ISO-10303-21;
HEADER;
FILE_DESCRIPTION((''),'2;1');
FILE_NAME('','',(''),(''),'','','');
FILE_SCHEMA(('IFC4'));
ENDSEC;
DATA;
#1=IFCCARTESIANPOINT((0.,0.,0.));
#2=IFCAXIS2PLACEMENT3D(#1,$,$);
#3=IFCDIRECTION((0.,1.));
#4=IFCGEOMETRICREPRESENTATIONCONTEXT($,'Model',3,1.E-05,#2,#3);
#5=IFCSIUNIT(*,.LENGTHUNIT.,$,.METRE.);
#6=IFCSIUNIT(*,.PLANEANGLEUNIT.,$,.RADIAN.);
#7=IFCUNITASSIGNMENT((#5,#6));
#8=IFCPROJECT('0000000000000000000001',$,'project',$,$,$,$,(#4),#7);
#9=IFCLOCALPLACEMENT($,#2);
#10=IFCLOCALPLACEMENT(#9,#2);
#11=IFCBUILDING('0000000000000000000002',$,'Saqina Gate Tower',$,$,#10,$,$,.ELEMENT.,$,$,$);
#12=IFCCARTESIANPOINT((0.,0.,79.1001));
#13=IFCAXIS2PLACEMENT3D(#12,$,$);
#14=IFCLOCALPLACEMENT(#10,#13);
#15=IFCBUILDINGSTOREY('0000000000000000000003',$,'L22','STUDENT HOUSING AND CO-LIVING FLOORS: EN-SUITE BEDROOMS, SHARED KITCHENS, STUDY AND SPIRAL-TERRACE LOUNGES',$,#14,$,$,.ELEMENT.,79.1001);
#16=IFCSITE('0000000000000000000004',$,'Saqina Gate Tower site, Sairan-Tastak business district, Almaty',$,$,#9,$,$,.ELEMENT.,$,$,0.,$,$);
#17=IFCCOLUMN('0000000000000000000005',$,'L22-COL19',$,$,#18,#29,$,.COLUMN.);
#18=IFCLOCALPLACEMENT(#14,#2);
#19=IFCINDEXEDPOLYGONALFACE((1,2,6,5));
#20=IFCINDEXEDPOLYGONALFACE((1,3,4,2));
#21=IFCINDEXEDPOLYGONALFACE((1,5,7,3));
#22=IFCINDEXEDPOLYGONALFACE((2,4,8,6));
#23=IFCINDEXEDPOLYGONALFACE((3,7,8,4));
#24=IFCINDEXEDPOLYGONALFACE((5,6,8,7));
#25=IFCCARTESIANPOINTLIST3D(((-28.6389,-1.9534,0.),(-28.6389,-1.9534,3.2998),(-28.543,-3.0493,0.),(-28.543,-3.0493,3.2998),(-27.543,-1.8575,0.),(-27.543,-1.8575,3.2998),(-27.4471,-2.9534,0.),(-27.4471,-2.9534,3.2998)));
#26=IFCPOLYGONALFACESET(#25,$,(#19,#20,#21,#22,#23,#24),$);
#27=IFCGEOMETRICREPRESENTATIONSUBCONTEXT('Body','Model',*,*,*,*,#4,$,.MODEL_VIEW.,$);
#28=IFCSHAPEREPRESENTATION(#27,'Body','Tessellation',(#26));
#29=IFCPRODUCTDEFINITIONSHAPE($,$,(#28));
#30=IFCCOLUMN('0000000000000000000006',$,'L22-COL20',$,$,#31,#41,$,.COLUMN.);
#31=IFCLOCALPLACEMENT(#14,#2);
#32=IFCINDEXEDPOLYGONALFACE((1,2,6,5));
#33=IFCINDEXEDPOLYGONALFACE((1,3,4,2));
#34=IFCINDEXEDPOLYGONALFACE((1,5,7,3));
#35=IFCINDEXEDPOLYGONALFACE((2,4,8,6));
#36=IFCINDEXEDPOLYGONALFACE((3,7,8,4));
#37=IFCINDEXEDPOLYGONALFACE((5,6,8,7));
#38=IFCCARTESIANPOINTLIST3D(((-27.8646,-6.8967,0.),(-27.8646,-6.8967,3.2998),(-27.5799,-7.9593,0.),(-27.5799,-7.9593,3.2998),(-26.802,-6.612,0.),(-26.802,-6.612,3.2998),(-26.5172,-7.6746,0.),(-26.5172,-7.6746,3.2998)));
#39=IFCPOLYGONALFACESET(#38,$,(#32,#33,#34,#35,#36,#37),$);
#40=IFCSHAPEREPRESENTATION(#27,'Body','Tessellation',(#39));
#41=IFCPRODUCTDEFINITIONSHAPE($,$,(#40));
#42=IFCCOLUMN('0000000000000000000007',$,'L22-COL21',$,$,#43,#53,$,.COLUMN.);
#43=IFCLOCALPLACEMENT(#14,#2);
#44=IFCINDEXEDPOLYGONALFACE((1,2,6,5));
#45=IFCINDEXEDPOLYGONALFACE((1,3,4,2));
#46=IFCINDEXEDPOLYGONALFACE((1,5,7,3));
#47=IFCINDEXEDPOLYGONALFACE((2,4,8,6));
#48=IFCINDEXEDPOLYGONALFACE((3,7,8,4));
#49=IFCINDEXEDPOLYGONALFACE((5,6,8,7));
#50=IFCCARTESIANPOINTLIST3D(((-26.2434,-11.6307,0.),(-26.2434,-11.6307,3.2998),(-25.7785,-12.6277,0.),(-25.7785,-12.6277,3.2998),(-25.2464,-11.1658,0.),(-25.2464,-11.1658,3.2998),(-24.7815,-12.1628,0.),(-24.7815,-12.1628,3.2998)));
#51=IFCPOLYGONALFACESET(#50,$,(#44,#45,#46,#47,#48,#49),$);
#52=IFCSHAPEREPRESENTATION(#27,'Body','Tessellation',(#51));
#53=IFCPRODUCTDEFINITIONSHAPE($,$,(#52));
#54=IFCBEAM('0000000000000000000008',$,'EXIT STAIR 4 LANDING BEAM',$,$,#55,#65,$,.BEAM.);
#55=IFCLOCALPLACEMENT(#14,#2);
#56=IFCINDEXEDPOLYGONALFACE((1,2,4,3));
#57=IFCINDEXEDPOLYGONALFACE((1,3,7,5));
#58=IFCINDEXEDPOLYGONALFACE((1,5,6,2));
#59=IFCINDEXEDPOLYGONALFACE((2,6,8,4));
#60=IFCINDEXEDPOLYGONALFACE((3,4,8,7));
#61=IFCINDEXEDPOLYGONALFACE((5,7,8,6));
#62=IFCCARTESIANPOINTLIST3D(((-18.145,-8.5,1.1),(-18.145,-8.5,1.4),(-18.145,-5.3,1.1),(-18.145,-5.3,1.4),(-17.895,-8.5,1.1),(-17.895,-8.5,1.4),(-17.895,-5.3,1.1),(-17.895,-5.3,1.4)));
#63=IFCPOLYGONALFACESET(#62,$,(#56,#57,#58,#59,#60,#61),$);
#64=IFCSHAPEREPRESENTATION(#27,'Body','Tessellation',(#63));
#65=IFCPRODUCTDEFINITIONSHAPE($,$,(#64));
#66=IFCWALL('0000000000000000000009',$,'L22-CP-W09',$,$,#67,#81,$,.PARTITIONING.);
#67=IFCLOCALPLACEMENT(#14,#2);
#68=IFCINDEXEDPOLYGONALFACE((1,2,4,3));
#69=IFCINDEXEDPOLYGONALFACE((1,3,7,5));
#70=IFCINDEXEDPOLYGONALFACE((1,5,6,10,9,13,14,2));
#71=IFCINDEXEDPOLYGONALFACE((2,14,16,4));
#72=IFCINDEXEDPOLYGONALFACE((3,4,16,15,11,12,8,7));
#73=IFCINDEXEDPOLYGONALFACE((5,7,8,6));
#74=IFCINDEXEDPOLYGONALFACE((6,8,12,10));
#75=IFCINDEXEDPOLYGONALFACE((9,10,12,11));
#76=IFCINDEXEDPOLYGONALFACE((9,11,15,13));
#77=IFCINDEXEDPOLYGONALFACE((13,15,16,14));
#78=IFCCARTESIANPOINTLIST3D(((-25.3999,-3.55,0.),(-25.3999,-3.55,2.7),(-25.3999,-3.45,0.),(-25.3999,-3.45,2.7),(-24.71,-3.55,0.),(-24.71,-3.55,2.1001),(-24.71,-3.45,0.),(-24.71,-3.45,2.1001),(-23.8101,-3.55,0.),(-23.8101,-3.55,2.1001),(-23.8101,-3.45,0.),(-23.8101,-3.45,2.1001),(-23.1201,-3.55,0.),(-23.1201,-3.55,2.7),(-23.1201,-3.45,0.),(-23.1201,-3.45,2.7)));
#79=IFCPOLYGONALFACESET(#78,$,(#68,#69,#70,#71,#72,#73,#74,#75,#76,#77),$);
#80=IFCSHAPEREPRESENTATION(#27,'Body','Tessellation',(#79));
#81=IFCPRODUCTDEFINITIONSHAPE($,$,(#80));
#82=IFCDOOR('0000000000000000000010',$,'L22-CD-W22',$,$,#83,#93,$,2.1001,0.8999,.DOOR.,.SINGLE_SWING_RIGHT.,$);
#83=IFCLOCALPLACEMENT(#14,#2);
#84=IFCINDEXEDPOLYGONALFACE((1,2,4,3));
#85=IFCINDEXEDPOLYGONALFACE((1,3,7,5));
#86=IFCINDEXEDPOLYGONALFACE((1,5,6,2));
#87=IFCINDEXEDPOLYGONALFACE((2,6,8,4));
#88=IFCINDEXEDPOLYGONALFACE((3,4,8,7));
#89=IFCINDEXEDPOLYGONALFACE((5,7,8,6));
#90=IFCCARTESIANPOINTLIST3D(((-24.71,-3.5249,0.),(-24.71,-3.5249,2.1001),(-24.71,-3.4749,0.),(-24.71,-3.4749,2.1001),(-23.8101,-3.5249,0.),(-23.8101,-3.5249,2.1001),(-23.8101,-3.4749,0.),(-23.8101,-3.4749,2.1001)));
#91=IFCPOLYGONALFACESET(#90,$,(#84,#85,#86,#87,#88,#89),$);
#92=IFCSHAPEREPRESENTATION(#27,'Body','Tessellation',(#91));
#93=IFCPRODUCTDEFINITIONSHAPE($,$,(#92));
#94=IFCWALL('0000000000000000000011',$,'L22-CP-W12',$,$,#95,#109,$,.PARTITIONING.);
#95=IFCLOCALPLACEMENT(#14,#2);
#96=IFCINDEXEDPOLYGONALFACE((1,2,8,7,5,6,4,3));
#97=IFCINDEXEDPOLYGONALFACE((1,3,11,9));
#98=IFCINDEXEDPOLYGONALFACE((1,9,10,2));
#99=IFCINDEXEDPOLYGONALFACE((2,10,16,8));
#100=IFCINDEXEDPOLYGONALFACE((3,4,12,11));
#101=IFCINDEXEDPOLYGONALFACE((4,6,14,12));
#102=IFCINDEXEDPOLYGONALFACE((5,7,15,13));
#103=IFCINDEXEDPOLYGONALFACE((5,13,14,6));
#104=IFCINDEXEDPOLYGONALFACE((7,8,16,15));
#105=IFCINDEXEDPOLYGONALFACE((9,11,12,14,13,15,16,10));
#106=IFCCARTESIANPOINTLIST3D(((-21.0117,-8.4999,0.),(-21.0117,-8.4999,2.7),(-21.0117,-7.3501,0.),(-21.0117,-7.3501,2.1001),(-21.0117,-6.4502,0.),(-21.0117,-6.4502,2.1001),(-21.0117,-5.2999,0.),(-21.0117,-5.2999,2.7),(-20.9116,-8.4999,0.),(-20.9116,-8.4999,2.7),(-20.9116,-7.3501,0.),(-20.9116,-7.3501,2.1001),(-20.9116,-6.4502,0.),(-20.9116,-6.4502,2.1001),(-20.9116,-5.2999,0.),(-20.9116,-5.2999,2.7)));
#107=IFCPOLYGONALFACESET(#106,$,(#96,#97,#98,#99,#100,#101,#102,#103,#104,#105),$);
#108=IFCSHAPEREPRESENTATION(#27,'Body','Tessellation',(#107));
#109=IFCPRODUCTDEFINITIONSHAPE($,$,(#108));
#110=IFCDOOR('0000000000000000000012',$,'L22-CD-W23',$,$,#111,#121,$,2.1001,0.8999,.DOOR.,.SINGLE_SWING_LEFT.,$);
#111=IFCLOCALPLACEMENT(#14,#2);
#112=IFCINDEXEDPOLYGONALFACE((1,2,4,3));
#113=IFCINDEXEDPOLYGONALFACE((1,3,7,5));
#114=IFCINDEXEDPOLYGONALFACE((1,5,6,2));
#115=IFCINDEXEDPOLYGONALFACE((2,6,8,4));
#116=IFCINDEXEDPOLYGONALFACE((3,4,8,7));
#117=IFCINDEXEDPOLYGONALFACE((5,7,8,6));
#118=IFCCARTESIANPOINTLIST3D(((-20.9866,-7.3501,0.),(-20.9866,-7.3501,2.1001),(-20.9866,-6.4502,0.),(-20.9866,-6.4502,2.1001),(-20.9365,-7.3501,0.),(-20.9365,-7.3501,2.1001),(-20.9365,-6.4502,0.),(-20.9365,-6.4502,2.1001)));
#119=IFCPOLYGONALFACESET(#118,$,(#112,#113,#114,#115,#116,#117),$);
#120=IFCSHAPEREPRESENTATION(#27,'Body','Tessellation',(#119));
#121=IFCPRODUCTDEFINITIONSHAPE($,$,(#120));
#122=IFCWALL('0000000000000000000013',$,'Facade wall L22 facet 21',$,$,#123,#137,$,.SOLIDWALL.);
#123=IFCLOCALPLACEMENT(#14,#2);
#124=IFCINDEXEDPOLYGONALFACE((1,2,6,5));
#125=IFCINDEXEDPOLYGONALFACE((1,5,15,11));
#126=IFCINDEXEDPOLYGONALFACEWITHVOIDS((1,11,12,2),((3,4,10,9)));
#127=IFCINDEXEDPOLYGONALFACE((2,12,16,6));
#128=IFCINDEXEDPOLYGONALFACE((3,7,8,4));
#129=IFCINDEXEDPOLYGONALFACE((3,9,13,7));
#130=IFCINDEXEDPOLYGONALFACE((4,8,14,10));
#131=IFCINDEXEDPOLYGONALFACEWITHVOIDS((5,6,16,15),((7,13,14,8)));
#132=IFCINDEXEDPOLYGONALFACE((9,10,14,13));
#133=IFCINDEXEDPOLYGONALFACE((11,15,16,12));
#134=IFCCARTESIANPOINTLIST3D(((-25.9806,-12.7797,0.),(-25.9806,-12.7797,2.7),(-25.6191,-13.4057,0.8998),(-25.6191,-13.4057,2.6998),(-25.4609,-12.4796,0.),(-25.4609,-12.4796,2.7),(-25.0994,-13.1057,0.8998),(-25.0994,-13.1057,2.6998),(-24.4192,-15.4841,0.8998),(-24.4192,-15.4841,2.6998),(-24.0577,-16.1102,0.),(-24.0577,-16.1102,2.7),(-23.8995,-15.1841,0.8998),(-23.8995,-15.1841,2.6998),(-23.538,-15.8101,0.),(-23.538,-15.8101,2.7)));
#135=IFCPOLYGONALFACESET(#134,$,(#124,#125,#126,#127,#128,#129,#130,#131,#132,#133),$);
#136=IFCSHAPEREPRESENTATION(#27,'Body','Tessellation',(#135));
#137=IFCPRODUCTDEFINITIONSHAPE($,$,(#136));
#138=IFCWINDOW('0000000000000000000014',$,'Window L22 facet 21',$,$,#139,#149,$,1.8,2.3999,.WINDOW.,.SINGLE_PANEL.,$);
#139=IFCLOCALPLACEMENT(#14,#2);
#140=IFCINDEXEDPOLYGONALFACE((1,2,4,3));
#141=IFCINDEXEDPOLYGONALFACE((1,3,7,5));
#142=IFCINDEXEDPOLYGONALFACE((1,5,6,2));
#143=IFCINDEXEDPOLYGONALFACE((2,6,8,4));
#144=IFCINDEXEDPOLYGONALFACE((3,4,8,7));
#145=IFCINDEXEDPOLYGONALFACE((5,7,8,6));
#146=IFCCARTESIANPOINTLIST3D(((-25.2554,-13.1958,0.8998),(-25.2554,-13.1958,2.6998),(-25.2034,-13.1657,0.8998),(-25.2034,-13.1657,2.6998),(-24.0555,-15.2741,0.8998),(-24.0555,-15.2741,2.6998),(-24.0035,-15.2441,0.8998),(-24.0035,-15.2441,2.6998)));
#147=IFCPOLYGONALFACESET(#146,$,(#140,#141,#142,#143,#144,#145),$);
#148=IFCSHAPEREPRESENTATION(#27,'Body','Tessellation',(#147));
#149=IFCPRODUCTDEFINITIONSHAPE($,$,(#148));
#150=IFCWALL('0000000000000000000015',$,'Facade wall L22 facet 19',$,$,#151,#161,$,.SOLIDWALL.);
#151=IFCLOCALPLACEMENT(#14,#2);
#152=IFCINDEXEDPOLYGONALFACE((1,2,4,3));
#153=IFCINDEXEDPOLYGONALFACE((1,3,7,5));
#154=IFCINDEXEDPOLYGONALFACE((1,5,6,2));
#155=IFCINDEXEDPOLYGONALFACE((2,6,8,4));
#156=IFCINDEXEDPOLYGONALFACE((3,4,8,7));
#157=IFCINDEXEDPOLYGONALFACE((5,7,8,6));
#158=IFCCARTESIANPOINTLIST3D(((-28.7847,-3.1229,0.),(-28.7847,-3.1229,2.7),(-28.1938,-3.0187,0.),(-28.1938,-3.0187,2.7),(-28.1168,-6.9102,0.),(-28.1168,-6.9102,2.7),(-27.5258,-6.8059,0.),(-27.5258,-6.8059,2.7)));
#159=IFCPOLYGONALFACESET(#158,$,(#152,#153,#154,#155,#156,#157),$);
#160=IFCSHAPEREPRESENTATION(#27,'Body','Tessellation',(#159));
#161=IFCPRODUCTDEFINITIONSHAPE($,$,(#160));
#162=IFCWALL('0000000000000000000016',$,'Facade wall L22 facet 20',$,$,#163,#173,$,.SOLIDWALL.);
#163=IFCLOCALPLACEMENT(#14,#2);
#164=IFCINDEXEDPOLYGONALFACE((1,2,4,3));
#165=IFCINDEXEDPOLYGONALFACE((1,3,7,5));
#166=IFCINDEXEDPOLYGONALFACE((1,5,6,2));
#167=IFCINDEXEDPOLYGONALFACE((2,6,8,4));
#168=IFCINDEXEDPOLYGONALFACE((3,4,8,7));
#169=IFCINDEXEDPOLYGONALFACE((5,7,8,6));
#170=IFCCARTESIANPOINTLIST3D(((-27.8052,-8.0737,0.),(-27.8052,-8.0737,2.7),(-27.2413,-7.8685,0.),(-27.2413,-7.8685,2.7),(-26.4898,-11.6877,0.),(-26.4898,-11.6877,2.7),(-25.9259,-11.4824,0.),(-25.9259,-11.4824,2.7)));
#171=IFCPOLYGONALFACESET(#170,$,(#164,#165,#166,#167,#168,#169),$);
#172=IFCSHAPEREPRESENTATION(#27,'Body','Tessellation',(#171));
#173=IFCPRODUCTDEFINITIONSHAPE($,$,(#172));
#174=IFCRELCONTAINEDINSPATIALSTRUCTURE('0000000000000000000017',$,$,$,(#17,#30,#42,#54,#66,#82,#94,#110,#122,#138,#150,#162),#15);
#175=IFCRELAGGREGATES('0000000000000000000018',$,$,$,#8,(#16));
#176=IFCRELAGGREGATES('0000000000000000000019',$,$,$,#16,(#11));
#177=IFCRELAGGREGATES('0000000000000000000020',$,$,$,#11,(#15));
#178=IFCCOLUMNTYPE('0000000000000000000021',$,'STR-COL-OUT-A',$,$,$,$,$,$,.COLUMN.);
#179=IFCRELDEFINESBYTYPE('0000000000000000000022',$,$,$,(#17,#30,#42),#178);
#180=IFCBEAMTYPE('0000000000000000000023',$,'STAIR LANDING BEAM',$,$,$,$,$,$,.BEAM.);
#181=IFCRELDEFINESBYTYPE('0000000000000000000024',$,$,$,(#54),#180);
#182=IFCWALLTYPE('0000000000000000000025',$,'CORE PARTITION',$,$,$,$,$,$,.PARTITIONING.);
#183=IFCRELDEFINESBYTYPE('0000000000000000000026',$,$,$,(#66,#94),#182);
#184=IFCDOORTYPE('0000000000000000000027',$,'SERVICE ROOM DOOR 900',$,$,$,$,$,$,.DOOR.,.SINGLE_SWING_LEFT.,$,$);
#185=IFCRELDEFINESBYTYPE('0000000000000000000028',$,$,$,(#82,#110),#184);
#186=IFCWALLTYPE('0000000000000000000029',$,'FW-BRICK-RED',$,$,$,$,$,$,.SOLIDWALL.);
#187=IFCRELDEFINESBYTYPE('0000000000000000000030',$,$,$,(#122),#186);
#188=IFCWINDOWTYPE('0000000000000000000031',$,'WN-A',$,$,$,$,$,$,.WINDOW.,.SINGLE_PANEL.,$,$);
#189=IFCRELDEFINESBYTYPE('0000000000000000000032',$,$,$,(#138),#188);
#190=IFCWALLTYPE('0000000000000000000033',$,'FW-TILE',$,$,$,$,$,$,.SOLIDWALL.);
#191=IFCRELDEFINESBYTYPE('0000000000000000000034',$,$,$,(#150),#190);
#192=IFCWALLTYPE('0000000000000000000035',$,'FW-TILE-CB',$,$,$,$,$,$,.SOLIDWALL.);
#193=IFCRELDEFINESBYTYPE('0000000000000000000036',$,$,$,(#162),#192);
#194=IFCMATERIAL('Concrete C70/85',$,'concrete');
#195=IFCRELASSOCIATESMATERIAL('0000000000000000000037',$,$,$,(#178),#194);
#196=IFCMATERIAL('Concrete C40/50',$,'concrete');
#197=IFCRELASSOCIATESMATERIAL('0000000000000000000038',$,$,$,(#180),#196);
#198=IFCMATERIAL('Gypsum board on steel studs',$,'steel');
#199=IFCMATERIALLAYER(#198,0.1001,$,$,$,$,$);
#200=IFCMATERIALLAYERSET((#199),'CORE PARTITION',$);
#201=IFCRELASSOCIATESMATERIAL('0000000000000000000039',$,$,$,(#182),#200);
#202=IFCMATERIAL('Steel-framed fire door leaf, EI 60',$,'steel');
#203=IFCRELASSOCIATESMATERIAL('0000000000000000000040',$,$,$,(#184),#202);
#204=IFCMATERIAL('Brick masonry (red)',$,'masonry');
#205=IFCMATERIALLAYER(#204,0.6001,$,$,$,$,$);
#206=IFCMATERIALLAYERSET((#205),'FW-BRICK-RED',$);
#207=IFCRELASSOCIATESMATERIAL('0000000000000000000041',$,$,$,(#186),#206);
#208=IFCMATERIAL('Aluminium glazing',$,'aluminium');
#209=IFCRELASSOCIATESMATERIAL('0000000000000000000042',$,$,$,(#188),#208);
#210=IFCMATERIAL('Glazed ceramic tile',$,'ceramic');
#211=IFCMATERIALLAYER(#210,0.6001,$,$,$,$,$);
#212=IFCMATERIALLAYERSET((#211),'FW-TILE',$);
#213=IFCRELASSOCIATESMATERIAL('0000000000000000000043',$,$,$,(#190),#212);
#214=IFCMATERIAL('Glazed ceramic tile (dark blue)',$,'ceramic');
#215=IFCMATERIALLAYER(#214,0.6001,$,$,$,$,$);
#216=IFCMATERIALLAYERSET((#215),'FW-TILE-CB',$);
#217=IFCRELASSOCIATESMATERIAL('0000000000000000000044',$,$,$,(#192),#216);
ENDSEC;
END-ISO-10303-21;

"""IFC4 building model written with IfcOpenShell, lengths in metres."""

from ifc_helpers import new_model, si_unit, direction, frame, frame_2d, origin, origin_2d, place, context, subcontext, project, spatial, rectangle, extrude, material, layer, layer_set, material_profile, profile_set, type_object, element, fill, save


model = new_model("IFC4")

# Units and contexts
model_context = context("Model", 3, precision=1e-05, world=origin(), true_north=direction((0.0, 1.0)))
body_context = subcontext(model_context, "Body", "Model", "MODEL_VIEW")
ifc_project = project(units=[si_unit("LENGTHUNIT", "METRE"), si_unit("PLANEANGLEUNIT", "RADIAN")], contexts=[model_context])

# Site, building, storey
site_placement = place(None, origin())
site = spatial("IfcSite", under=ifc_project, at=site_placement, Name="Saqina Gate Tower site, Sairan-Tastak business district, Almaty", CompositionType="ELEMENT", RefElevation=0.0)
building_placement = place(site_placement, origin())
building = spatial("IfcBuilding", under=site, at=building_placement, Name="Saqina Gate Tower", CompositionType="ELEMENT")
storey_placement = place(building_placement, frame((0.0, 0.0, 79.1001)))
storey = spatial("IfcBuildingStorey", under=building, at=storey_placement, Name="L22", Description="STUDENT HOUSING AND CO-LIVING FLOORS: EN-SUITE BEDROOMS, SHARED KITCHENS, STUDY AND SPIRAL-TERRACE LOUNGES", CompositionType="ELEMENT", Elevation=79.1001)

# Columns
ifc_material_1 = material(Name="Concrete C70/85", Category="concrete")
ifc_material_profile_1 = material_profile(ifc_material_1, rectangle(XDim=1.1001, YDim=1.1001, at=origin_2d()), Name="RC 1100x1100")
ifc_profile_set_1 = profile_set([ifc_material_profile_1], Name="Concrete C70/85")
column_type = type_object("IfcColumnType", Name="STR-COL-OUT-A", PredefinedType="COLUMN", material=ifc_profile_set_1)
for number, where, z_axis, x_axis, name in (
    (1, (-28.043, -2.4534, 0.0), (0.0, 0.0, 1.0), (-0.996195, -0.087156, 0.0), "L22-COL19"),
    (2, (-27.1909, -7.2856, 0.0), (0.0, 0.0, 1.0), (-0.965926, -0.258819, 0.0), "L22-COL20"),
    (3, (-25.5125, -11.8967, 0.0), (0.0, 0.0, 1.0), (-0.906308, -0.422618, 0.0), "L22-COL21"),
):
    element("IfcColumn", number, at=place(storey_placement, frame(where, z_axis=z_axis, x_axis=x_axis)), inside=storey, type_object=column_type, Name=name, PredefinedType="COLUMN", context=body_context, shape_type="SweptSolid", body=[
        extrude(rectangle(XDim=1.1001, YDim=1.1001, at=origin_2d()), origin(), (0.0, 0.0, 1.0), 3.2998),
    ])

# Beam
ifc_material_2 = material(Name="Concrete C40/50", Category="concrete")
ifc_material_profile_2 = material_profile(ifc_material_2, rectangle(XDim=0.25, YDim=0.3, at=origin_2d()), Name="STAIR LANDING BEAM")
ifc_profile_set_2 = profile_set([ifc_material_profile_2], Name="Concrete C40/50")
beam_type = type_object("IfcBeamType", Name="STAIR LANDING BEAM", PredefinedType="BEAM", material=ifc_profile_set_2)
beam_placement = place(storey_placement, frame((-18.02, -8.5, 1.25), z_axis=(0.0, 1.0, 0.0), x_axis=(-1.0, 0.0, 0.0)))
element("IfcBeam", 4, at=beam_placement, inside=storey, type_object=beam_type, Name="EXIT STAIR 4 LANDING BEAM", PredefinedType="BEAM", context=body_context, shape_type="SweptSolid", body=[
    extrude(rectangle(XDim=0.25, YDim=0.3, at=origin_2d()), origin(), (0.0, 0.0, 1.0), 3.2),
])

# Walls, openings, doors
ifc_material_3 = material(Name="Gypsum board on steel studs", Category="steel")
ifc_layer_1 = layer(ifc_material_3, 0.1001)
ifc_layer_set_1 = layer_set([ifc_layer_1], Name="CORE PARTITION")
wall_type_1 = type_object("IfcWallType", Name="CORE PARTITION", PredefinedType="PARTITIONING", material=ifc_layer_set_1)
wall_1_placement = place(storey_placement, frame((-23.1201, -3.5, 0.0), z_axis=(0.0, 0.0, 1.0), x_axis=(-1.0, 0.0, 0.0)))
wall_1 = element("IfcWall", 5, at=wall_1_placement, inside=storey, type_object=wall_type_1, Name="L22-CP-W09", PredefinedType="PARTITIONING", context=body_context, shape_type="SweptSolid", body=[
    extrude(rectangle(XDim=2.2798, YDim=0.1001, at=frame_2d((1.1399, 0.0))), origin(), (0.0, 0.0, 1.0), 2.7),
])
opening_1_placement = place(wall_1_placement, frame((0.6899, 0.0, 0.0)))
opening_1 = element("IfcOpeningElement", 6, at=opening_1_placement, cuts=wall_1, PredefinedType="OPENING", context=body_context, shape_type="SweptSolid", body=[
    extrude(rectangle(XDim=0.8999, YDim=2.1001, at=frame_2d((0.45, 1.05))), frame((0.0, 0.062, 0.0), z_axis=(0.0, -1.0, 0.0), x_axis=(1.0, 0.0, 0.0)), (0.0, 0.0, 1.0), 0.124),
])
ifc_material_4 = material(Name="Steel-framed fire door leaf, EI 60", Category="steel")
door_type_1 = type_object("IfcDoorType", Name="SERVICE ROOM DOOR 900", OperationType="SINGLE_SWING_LEFT", PredefinedType="DOOR", material=ifc_material_4)
door_1_placement = place(opening_1_placement, origin())
door_1 = element("IfcDoor", 7, at=door_1_placement, inside=storey, type_object=door_type_1, Name="L22-CD-W22", OperationType="SINGLE_SWING_RIGHT", OverallHeight=2.1001, OverallWidth=0.8999, PredefinedType="DOOR", context=body_context, shape_type="SweptSolid", body=[
    extrude(rectangle(XDim=0.8999, YDim=2.1001, at=frame_2d((0.45, 1.05))), frame((0.0, 0.0249, 0.0), z_axis=(0.0, -1.0, 0.0), x_axis=(1.0, 0.0, 0.0)), (0.0, 0.0, 1.0), 0.05),
])
fill(opening_1, door_1)
wall_2_placement = place(storey_placement, frame((-20.9617, -8.5, 0.0), z_axis=(0.0, 0.0, 1.0), x_axis=(0.0, 1.0, 0.0)))
wall_2 = element("IfcWall", 8, at=wall_2_placement, inside=storey, type_object=wall_type_1, Name="L22-CP-W12", PredefinedType="PARTITIONING", context=body_context, shape_type="SweptSolid", body=[
    extrude(rectangle(XDim=3.2, YDim=0.1001, at=frame_2d((1.6001, 0.0))), origin(), (0.0, 0.0, 1.0), 2.7),
])
opening_2_placement = place(wall_2_placement, frame((1.1499, 0.0, 0.0)))
opening_2 = element("IfcOpeningElement", 9, at=opening_2_placement, cuts=wall_2, PredefinedType="OPENING", context=body_context, shape_type="SweptSolid", body=[
    extrude(rectangle(XDim=0.8999, YDim=2.1001, at=frame_2d((0.45, 1.05))), frame((0.0, 0.062, 0.0), z_axis=(0.0, -1.0, 0.0), x_axis=(1.0, 0.0, 0.0)), (0.0, 0.0, 1.0), 0.124),
])
door_2_placement = place(opening_2_placement, origin())
door_2 = element("IfcDoor", 10, at=door_2_placement, inside=storey, type_object=door_type_1, Name="L22-CD-W23", OperationType="SINGLE_SWING_LEFT", OverallHeight=2.1001, OverallWidth=0.8999, PredefinedType="DOOR", context=body_context, shape_type="SweptSolid", body=[
    extrude(rectangle(XDim=0.8999, YDim=2.1001, at=frame_2d((0.45, 1.05))), frame((0.0, 0.0249, 0.0), z_axis=(0.0, -1.0, 0.0), x_axis=(1.0, 0.0, 0.0)), (0.0, 0.0, 1.0), 0.05),
])
fill(opening_2, door_2)

# Wall, opening, window
ifc_material_5 = material(Name="Brick masonry (red)", Category="masonry")
ifc_layer_2 = layer(ifc_material_5, 0.6001)
ifc_layer_set_2 = layer_set([ifc_layer_2], Name="FW-BRICK-RED")
wall_type_2 = type_object("IfcWallType", Name="FW-BRICK-RED", PredefinedType="SOLIDWALL", material=ifc_layer_set_2)
wall_3_placement = place(storey_placement, frame((-25.7207, -12.6296, 0.0), z_axis=(0.0, 0.0, 1.0), x_axis=(0.49999, -0.866031, 0.0)))
wall_3 = element("IfcWall", 11, at=wall_3_placement, inside=storey, type_object=wall_type_2, Name="Facade wall L22 facet 21", PredefinedType="SOLIDWALL", context=body_context, shape_type="SweptSolid", body=[
    extrude(rectangle(XDim=3.8457, YDim=0.6001, at=frame_2d((1.9229, 0.0))), origin(), (0.0, 0.0, 1.0), 2.7),
])
opening_3_placement = place(wall_3_placement, frame((0.7229, 0.0, 0.8999)))
opening_3 = element("IfcOpeningElement", 12, at=opening_3_placement, cuts=wall_3, PredefinedType="OPENING", context=body_context, shape_type="SweptSolid", body=[
    extrude(rectangle(XDim=2.3999, YDim=1.8, at=frame_2d((1.2, 0.8999))), frame((0.0, 0.312, 0.0), z_axis=(0.0, -1.0, 0.0), x_axis=(1.0, 0.0, 0.0)), (0.0, 0.0, 1.0), 0.624),
])
ifc_material_6 = material(Name="Aluminium glazing", Category="aluminium")
window_type = type_object("IfcWindowType", Name="WN-A", PartitioningType="SINGLE_PANEL", PredefinedType="WINDOW", material=ifc_material_6)
window_placement = place(opening_3_placement, origin())
window = element("IfcWindow", 13, at=window_placement, inside=storey, type_object=window_type, Name="Window L22 facet 21", OverallHeight=1.8, OverallWidth=2.3999, PartitioningType="SINGLE_PANEL", PredefinedType="WINDOW", context=body_context, shape_type="SweptSolid", body=[
    extrude(rectangle(XDim=2.3999, YDim=1.8, at=frame_2d((1.2, 0.8999))), frame((0.0, 0.1799, 0.0), z_axis=(0.0, -1.0, 0.0), x_axis=(1.0, 0.0, 0.0)), (0.0, 0.0, 1.0), 0.0601),
])
fill(opening_3, window)

# Walls
ifc_material_7 = material(Name="Glazed ceramic tile", Category="ceramic")
ifc_layer_3 = layer(ifc_material_7, 0.6001)
ifc_layer_set_3 = layer_set([ifc_layer_3], Name="FW-TILE")
wall_type_3 = type_object("IfcWallType", Name="FW-TILE", PredefinedType="SOLIDWALL", material=ifc_layer_set_3)
wall_4_placement = place(storey_placement, frame((-28.4893, -3.0708, 0.0), z_axis=(0.0, 0.0, 1.0), x_axis=(0.173688, -0.984801, 0.0)))
element("IfcWall", 14, at=wall_4_placement, inside=storey, type_object=wall_type_3, Name="Facade wall L22 facet 19", PredefinedType="SOLIDWALL", context=body_context, shape_type="SweptSolid", body=[
    extrude(rectangle(XDim=3.8457, YDim=0.6001, at=frame_2d((1.9229, 0.0))), origin(), (0.0, 0.0, 1.0), 2.7),
])
ifc_material_8 = material(Name="Glazed ceramic tile (dark blue)", Category="ceramic")
ifc_layer_4 = layer(ifc_material_8, 0.6001)
ifc_layer_set_4 = layer_set([ifc_layer_4], Name="FW-TILE-CB")
wall_type_4 = type_object("IfcWallType", Name="FW-TILE-CB", PredefinedType="SOLIDWALL", material=ifc_layer_set_4)
wall_5_placement = place(storey_placement, frame((-27.5232, -7.9712, 0.0), z_axis=(0.0, 0.0, 1.0), x_axis=(0.342028, -0.93969, 0.0)))
element("IfcWall", 15, at=wall_5_placement, inside=storey, type_object=wall_type_4, Name="Facade wall L22 facet 20", PredefinedType="SOLIDWALL", context=body_context, shape_type="SweptSolid", body=[
    extrude(rectangle(XDim=3.8459, YDim=0.6001, at=frame_2d((1.9229, 0.0))), origin(), (0.0, 0.0, 1.0), 2.7),
])

save(model, "model.ifc")
